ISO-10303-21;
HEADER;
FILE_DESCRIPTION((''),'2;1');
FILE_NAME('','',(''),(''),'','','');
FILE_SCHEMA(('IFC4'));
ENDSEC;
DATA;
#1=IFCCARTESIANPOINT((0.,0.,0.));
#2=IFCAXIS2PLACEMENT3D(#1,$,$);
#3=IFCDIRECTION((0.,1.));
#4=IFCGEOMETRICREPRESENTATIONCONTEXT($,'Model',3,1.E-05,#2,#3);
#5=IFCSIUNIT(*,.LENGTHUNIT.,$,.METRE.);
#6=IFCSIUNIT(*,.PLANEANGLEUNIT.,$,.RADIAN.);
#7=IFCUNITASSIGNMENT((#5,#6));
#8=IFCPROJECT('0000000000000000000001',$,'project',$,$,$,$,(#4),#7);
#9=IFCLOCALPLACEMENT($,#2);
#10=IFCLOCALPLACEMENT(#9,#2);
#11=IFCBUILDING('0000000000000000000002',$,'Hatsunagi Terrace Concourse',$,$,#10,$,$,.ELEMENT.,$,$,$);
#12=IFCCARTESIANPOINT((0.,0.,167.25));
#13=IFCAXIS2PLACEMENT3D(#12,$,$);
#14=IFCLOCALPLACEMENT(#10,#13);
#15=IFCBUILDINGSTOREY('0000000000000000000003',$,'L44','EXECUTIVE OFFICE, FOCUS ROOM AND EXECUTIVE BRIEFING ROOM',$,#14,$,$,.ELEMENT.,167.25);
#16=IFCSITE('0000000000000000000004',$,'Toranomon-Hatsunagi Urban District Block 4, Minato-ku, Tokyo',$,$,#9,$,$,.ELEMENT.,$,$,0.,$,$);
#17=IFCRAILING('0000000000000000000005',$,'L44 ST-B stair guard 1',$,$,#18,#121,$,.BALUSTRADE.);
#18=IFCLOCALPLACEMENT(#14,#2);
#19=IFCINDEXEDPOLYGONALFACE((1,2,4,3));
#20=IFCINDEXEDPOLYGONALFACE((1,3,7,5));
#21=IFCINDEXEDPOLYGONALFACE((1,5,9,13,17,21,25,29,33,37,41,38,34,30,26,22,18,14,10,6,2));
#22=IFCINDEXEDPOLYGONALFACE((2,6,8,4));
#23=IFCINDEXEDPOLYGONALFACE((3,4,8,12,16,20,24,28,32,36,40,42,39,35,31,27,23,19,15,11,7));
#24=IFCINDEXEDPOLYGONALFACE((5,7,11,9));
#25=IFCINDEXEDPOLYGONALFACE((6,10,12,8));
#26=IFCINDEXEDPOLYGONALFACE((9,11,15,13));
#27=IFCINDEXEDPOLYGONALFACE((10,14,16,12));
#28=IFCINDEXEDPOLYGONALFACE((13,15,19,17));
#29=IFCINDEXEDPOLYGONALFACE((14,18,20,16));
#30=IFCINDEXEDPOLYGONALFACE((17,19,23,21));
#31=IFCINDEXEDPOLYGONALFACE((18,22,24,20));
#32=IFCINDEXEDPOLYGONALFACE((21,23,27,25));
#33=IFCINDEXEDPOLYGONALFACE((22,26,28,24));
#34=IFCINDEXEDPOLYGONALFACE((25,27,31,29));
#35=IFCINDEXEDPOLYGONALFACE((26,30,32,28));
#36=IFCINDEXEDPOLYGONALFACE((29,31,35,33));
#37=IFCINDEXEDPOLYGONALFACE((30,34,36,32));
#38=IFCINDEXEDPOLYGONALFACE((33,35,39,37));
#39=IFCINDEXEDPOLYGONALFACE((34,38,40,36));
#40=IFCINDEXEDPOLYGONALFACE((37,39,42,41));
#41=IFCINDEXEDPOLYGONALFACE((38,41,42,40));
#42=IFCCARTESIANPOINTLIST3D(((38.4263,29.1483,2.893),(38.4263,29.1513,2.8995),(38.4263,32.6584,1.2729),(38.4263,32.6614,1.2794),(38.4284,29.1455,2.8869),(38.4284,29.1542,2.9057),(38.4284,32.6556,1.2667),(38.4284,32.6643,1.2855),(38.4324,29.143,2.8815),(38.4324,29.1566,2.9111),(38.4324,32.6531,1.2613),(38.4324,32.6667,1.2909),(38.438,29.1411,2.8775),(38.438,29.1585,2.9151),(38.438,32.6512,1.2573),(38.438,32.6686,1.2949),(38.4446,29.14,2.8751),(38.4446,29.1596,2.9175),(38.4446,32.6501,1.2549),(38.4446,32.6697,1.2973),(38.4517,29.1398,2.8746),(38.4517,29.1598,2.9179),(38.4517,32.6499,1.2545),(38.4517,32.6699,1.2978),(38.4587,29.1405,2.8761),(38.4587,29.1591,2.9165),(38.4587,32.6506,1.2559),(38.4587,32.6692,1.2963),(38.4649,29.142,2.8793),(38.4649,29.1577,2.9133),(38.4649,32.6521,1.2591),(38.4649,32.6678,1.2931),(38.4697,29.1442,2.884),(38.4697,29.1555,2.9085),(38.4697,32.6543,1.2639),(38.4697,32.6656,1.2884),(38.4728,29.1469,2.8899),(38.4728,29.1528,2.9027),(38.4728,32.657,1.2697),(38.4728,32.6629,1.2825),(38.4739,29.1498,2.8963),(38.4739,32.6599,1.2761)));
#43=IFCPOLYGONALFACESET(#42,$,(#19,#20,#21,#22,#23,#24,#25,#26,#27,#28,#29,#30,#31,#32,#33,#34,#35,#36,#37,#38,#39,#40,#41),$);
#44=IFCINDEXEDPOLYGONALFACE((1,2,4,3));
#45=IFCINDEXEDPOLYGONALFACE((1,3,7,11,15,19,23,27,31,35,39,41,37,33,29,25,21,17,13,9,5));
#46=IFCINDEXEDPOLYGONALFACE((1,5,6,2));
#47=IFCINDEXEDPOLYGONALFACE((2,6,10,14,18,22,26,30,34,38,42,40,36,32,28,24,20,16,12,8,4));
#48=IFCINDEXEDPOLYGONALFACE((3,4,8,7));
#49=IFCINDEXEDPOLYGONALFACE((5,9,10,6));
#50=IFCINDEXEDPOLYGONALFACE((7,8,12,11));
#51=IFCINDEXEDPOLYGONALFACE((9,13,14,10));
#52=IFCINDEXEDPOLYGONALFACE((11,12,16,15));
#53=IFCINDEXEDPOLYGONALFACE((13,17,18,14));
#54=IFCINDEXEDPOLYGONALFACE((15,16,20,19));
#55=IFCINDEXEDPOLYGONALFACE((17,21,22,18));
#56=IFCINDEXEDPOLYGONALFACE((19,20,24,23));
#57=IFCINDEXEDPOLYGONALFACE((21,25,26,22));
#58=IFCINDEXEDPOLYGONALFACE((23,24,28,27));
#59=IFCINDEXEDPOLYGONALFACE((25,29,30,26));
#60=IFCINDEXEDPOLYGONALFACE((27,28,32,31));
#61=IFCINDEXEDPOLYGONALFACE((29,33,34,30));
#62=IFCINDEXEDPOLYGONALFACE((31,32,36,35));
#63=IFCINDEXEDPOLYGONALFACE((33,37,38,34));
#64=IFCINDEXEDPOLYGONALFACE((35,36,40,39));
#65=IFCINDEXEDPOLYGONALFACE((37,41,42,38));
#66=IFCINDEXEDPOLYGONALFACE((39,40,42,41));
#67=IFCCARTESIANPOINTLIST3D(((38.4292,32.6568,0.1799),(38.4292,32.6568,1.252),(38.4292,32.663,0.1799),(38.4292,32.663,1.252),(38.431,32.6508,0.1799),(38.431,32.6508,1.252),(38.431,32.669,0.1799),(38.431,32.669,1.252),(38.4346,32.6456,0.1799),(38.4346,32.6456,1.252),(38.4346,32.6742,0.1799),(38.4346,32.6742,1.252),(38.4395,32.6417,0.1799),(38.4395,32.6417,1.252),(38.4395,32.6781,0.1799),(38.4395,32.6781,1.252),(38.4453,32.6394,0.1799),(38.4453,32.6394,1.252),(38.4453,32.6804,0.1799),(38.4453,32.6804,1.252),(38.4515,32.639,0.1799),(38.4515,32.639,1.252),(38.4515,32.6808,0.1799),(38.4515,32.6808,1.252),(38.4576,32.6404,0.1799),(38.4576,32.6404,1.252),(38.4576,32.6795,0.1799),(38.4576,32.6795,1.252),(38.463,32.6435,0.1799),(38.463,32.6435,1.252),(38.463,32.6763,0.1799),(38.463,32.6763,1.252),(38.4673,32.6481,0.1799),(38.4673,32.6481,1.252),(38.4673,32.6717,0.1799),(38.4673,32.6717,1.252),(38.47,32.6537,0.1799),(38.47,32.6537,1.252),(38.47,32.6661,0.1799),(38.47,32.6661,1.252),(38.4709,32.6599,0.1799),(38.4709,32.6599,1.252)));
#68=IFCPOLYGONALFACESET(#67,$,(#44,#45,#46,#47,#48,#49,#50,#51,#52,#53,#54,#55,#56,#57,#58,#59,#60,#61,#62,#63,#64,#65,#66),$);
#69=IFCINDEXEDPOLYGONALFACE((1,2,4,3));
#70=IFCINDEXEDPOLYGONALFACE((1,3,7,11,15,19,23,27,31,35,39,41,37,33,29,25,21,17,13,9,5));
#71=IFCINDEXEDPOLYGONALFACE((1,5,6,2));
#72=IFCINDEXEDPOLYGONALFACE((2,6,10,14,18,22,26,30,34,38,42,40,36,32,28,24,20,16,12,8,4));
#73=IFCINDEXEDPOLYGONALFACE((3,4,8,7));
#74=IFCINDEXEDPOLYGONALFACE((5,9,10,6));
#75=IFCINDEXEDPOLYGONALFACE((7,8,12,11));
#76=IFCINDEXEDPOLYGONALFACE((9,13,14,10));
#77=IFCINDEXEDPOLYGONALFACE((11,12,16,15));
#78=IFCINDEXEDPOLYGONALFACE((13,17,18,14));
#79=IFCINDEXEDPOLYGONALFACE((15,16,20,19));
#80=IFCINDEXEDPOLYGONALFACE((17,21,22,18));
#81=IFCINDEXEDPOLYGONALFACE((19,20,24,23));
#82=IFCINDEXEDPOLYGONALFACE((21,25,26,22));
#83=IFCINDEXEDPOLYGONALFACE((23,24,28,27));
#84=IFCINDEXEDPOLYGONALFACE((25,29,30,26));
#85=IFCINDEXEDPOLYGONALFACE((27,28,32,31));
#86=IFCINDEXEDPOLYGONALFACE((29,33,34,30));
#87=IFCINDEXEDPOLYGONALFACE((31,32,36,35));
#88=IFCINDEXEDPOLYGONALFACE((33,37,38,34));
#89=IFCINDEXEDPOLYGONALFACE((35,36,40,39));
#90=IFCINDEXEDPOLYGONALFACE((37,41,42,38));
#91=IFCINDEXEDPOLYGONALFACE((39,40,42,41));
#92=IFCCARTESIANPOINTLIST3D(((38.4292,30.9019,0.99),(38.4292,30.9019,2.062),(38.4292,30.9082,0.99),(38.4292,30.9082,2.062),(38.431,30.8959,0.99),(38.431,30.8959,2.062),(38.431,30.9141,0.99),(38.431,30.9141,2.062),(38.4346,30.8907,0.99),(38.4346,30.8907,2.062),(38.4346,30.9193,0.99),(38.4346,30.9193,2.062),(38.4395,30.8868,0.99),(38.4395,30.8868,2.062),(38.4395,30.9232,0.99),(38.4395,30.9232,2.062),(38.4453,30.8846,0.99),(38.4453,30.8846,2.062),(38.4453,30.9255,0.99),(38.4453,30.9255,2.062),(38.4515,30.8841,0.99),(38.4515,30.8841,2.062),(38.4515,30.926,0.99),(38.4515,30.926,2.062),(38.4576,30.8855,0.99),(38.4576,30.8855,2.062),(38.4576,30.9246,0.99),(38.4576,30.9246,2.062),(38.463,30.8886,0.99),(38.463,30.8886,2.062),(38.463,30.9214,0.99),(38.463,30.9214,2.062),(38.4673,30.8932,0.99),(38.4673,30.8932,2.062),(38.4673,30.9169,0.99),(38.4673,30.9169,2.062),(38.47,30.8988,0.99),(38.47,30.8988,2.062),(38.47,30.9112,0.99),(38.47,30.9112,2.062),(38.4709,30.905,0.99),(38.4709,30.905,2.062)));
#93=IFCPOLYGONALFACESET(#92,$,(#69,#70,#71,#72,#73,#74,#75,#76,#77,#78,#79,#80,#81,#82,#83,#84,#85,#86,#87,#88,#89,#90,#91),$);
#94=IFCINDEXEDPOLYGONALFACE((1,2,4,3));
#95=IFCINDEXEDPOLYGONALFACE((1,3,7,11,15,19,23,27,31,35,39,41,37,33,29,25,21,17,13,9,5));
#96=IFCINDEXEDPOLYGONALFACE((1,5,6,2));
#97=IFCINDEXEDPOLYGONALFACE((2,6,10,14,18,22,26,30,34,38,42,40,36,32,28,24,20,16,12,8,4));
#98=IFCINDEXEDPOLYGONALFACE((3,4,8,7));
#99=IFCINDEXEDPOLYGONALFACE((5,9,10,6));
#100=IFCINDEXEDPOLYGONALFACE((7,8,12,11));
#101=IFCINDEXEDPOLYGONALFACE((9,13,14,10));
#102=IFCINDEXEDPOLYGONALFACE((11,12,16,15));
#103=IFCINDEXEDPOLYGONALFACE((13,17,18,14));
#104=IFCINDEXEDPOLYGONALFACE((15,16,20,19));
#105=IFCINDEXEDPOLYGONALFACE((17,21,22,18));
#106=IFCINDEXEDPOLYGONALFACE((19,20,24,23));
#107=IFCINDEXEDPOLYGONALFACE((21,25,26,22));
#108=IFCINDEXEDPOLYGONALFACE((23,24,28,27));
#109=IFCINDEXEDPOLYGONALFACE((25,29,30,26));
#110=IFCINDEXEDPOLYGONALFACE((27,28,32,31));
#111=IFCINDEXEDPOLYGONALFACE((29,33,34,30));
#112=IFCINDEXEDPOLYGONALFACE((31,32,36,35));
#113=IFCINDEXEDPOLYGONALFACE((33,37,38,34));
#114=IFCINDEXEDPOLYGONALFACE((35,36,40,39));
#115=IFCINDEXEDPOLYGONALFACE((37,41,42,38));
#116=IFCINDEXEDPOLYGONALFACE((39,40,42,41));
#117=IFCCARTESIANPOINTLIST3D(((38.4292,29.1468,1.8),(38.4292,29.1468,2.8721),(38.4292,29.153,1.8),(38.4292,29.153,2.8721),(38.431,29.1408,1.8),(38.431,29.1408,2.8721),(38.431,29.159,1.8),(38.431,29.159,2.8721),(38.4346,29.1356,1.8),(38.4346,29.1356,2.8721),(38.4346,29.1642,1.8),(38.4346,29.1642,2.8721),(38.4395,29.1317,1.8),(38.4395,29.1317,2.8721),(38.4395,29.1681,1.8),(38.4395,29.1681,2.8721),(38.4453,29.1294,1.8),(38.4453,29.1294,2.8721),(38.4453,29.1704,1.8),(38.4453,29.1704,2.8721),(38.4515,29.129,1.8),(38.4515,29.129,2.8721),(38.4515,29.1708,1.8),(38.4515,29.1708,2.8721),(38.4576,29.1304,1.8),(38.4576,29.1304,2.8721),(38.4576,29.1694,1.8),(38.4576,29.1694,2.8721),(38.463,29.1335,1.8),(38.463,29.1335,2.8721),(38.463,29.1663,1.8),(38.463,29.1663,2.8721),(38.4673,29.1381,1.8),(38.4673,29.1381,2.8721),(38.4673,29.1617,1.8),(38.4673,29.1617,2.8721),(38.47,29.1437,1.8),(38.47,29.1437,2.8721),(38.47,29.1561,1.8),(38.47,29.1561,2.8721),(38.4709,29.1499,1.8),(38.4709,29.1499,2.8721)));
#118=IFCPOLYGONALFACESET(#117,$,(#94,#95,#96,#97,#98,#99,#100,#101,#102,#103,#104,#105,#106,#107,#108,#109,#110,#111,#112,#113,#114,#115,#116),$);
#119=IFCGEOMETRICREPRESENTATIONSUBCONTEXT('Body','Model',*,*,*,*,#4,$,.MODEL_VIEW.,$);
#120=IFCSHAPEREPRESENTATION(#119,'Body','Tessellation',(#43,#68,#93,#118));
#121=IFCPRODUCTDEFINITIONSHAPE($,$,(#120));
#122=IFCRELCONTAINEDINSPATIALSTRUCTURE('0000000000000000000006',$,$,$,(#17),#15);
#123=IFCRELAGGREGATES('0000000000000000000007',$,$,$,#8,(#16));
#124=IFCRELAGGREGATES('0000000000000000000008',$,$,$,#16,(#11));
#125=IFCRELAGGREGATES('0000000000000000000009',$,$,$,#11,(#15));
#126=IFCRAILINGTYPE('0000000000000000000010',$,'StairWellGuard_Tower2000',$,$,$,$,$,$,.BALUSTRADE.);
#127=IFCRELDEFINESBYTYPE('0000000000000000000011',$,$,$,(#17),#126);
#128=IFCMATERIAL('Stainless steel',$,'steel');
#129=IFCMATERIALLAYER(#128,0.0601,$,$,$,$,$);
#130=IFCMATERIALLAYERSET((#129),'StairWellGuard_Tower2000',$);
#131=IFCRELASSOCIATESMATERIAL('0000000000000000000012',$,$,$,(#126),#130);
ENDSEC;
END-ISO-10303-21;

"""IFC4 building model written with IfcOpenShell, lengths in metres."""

from ifc_helpers import new_model, si_unit, direction, frame, origin, origin_2d, place, context, subcontext, project, spatial, circle, extrude, material, layer, layer_set, type_object, element, save


model = new_model("IFC4")

# Units and contexts
model_context = context("Model", 3, precision=1e-05, world=origin(), true_north=direction((0.0, 1.0)))
body_context = subcontext(model_context, "Body", "Model", "MODEL_VIEW")
ifc_project = project(units=[si_unit("LENGTHUNIT", "METRE"), si_unit("PLANEANGLEUNIT", "RADIAN")], contexts=[model_context])

# Site, building, storey
site_placement = place(None, origin())
site = spatial("IfcSite", under=ifc_project, at=site_placement, Name="Toranomon-Hatsunagi Urban District Block 4, Minato-ku, Tokyo", CompositionType="ELEMENT", RefElevation=0.0)
building_placement = place(site_placement, origin())
building = spatial("IfcBuilding", under=site, at=building_placement, Name="Hatsunagi Terrace Concourse", CompositionType="ELEMENT")
storey_placement = place(building_placement, frame((0.0, 0.0, 167.25)))
storey = spatial("IfcBuildingStorey", under=building, at=storey_placement, Name="L44", Description="EXECUTIVE OFFICE, FOCUS ROOM AND EXECUTIVE BRIEFING ROOM", CompositionType="ELEMENT", Elevation=167.25)

# Railing
ifc_material_1 = material(Name="Stainless steel", Category="steel")
ifc_layer_1 = layer(ifc_material_1, 0.0601)
ifc_layer_set_1 = layer_set([ifc_layer_1], Name="StairWellGuard_Tower2000")
railing_type_1 = type_object("IfcRailingType", Name="StairWellGuard_Tower2000", PredefinedType="BALUSTRADE", material=ifc_layer_set_1)
railing_1_placement = place(storey_placement, frame((38.45, 32.6599, 0.1799)))
element("IfcRailing", 1, at=railing_1_placement, inside=storey, type_object=railing_type_1, Name="L44 ST-B stair guard 1", PredefinedType="BALUSTRADE", context=body_context, shape_type="SweptSolid", body=[
    extrude(circle(Radius=0.0239, at=origin_2d()), frame((0.0, 0.0, 1.0962), z_axis=(0.0, -0.907948, 0.419082), x_axis=(1.0, 0.0, 0.0)), (0.0, 0.0, 1.0), 3.866),
    extrude(circle(Radius=0.021, at=origin_2d()), origin(), (0.0, 0.0, 1.0), 1.072),
    extrude(circle(Radius=0.021, at=origin_2d()), frame((0.0, -1.7549, 0.8101)), (0.0, 0.0, 1.0), 1.072),
    extrude(circle(Radius=0.021, at=origin_2d()), frame((0.0, -3.51, 1.6201)), (0.0, 0.0, 1.0), 1.072),
])

save(model, "model.ifc")
